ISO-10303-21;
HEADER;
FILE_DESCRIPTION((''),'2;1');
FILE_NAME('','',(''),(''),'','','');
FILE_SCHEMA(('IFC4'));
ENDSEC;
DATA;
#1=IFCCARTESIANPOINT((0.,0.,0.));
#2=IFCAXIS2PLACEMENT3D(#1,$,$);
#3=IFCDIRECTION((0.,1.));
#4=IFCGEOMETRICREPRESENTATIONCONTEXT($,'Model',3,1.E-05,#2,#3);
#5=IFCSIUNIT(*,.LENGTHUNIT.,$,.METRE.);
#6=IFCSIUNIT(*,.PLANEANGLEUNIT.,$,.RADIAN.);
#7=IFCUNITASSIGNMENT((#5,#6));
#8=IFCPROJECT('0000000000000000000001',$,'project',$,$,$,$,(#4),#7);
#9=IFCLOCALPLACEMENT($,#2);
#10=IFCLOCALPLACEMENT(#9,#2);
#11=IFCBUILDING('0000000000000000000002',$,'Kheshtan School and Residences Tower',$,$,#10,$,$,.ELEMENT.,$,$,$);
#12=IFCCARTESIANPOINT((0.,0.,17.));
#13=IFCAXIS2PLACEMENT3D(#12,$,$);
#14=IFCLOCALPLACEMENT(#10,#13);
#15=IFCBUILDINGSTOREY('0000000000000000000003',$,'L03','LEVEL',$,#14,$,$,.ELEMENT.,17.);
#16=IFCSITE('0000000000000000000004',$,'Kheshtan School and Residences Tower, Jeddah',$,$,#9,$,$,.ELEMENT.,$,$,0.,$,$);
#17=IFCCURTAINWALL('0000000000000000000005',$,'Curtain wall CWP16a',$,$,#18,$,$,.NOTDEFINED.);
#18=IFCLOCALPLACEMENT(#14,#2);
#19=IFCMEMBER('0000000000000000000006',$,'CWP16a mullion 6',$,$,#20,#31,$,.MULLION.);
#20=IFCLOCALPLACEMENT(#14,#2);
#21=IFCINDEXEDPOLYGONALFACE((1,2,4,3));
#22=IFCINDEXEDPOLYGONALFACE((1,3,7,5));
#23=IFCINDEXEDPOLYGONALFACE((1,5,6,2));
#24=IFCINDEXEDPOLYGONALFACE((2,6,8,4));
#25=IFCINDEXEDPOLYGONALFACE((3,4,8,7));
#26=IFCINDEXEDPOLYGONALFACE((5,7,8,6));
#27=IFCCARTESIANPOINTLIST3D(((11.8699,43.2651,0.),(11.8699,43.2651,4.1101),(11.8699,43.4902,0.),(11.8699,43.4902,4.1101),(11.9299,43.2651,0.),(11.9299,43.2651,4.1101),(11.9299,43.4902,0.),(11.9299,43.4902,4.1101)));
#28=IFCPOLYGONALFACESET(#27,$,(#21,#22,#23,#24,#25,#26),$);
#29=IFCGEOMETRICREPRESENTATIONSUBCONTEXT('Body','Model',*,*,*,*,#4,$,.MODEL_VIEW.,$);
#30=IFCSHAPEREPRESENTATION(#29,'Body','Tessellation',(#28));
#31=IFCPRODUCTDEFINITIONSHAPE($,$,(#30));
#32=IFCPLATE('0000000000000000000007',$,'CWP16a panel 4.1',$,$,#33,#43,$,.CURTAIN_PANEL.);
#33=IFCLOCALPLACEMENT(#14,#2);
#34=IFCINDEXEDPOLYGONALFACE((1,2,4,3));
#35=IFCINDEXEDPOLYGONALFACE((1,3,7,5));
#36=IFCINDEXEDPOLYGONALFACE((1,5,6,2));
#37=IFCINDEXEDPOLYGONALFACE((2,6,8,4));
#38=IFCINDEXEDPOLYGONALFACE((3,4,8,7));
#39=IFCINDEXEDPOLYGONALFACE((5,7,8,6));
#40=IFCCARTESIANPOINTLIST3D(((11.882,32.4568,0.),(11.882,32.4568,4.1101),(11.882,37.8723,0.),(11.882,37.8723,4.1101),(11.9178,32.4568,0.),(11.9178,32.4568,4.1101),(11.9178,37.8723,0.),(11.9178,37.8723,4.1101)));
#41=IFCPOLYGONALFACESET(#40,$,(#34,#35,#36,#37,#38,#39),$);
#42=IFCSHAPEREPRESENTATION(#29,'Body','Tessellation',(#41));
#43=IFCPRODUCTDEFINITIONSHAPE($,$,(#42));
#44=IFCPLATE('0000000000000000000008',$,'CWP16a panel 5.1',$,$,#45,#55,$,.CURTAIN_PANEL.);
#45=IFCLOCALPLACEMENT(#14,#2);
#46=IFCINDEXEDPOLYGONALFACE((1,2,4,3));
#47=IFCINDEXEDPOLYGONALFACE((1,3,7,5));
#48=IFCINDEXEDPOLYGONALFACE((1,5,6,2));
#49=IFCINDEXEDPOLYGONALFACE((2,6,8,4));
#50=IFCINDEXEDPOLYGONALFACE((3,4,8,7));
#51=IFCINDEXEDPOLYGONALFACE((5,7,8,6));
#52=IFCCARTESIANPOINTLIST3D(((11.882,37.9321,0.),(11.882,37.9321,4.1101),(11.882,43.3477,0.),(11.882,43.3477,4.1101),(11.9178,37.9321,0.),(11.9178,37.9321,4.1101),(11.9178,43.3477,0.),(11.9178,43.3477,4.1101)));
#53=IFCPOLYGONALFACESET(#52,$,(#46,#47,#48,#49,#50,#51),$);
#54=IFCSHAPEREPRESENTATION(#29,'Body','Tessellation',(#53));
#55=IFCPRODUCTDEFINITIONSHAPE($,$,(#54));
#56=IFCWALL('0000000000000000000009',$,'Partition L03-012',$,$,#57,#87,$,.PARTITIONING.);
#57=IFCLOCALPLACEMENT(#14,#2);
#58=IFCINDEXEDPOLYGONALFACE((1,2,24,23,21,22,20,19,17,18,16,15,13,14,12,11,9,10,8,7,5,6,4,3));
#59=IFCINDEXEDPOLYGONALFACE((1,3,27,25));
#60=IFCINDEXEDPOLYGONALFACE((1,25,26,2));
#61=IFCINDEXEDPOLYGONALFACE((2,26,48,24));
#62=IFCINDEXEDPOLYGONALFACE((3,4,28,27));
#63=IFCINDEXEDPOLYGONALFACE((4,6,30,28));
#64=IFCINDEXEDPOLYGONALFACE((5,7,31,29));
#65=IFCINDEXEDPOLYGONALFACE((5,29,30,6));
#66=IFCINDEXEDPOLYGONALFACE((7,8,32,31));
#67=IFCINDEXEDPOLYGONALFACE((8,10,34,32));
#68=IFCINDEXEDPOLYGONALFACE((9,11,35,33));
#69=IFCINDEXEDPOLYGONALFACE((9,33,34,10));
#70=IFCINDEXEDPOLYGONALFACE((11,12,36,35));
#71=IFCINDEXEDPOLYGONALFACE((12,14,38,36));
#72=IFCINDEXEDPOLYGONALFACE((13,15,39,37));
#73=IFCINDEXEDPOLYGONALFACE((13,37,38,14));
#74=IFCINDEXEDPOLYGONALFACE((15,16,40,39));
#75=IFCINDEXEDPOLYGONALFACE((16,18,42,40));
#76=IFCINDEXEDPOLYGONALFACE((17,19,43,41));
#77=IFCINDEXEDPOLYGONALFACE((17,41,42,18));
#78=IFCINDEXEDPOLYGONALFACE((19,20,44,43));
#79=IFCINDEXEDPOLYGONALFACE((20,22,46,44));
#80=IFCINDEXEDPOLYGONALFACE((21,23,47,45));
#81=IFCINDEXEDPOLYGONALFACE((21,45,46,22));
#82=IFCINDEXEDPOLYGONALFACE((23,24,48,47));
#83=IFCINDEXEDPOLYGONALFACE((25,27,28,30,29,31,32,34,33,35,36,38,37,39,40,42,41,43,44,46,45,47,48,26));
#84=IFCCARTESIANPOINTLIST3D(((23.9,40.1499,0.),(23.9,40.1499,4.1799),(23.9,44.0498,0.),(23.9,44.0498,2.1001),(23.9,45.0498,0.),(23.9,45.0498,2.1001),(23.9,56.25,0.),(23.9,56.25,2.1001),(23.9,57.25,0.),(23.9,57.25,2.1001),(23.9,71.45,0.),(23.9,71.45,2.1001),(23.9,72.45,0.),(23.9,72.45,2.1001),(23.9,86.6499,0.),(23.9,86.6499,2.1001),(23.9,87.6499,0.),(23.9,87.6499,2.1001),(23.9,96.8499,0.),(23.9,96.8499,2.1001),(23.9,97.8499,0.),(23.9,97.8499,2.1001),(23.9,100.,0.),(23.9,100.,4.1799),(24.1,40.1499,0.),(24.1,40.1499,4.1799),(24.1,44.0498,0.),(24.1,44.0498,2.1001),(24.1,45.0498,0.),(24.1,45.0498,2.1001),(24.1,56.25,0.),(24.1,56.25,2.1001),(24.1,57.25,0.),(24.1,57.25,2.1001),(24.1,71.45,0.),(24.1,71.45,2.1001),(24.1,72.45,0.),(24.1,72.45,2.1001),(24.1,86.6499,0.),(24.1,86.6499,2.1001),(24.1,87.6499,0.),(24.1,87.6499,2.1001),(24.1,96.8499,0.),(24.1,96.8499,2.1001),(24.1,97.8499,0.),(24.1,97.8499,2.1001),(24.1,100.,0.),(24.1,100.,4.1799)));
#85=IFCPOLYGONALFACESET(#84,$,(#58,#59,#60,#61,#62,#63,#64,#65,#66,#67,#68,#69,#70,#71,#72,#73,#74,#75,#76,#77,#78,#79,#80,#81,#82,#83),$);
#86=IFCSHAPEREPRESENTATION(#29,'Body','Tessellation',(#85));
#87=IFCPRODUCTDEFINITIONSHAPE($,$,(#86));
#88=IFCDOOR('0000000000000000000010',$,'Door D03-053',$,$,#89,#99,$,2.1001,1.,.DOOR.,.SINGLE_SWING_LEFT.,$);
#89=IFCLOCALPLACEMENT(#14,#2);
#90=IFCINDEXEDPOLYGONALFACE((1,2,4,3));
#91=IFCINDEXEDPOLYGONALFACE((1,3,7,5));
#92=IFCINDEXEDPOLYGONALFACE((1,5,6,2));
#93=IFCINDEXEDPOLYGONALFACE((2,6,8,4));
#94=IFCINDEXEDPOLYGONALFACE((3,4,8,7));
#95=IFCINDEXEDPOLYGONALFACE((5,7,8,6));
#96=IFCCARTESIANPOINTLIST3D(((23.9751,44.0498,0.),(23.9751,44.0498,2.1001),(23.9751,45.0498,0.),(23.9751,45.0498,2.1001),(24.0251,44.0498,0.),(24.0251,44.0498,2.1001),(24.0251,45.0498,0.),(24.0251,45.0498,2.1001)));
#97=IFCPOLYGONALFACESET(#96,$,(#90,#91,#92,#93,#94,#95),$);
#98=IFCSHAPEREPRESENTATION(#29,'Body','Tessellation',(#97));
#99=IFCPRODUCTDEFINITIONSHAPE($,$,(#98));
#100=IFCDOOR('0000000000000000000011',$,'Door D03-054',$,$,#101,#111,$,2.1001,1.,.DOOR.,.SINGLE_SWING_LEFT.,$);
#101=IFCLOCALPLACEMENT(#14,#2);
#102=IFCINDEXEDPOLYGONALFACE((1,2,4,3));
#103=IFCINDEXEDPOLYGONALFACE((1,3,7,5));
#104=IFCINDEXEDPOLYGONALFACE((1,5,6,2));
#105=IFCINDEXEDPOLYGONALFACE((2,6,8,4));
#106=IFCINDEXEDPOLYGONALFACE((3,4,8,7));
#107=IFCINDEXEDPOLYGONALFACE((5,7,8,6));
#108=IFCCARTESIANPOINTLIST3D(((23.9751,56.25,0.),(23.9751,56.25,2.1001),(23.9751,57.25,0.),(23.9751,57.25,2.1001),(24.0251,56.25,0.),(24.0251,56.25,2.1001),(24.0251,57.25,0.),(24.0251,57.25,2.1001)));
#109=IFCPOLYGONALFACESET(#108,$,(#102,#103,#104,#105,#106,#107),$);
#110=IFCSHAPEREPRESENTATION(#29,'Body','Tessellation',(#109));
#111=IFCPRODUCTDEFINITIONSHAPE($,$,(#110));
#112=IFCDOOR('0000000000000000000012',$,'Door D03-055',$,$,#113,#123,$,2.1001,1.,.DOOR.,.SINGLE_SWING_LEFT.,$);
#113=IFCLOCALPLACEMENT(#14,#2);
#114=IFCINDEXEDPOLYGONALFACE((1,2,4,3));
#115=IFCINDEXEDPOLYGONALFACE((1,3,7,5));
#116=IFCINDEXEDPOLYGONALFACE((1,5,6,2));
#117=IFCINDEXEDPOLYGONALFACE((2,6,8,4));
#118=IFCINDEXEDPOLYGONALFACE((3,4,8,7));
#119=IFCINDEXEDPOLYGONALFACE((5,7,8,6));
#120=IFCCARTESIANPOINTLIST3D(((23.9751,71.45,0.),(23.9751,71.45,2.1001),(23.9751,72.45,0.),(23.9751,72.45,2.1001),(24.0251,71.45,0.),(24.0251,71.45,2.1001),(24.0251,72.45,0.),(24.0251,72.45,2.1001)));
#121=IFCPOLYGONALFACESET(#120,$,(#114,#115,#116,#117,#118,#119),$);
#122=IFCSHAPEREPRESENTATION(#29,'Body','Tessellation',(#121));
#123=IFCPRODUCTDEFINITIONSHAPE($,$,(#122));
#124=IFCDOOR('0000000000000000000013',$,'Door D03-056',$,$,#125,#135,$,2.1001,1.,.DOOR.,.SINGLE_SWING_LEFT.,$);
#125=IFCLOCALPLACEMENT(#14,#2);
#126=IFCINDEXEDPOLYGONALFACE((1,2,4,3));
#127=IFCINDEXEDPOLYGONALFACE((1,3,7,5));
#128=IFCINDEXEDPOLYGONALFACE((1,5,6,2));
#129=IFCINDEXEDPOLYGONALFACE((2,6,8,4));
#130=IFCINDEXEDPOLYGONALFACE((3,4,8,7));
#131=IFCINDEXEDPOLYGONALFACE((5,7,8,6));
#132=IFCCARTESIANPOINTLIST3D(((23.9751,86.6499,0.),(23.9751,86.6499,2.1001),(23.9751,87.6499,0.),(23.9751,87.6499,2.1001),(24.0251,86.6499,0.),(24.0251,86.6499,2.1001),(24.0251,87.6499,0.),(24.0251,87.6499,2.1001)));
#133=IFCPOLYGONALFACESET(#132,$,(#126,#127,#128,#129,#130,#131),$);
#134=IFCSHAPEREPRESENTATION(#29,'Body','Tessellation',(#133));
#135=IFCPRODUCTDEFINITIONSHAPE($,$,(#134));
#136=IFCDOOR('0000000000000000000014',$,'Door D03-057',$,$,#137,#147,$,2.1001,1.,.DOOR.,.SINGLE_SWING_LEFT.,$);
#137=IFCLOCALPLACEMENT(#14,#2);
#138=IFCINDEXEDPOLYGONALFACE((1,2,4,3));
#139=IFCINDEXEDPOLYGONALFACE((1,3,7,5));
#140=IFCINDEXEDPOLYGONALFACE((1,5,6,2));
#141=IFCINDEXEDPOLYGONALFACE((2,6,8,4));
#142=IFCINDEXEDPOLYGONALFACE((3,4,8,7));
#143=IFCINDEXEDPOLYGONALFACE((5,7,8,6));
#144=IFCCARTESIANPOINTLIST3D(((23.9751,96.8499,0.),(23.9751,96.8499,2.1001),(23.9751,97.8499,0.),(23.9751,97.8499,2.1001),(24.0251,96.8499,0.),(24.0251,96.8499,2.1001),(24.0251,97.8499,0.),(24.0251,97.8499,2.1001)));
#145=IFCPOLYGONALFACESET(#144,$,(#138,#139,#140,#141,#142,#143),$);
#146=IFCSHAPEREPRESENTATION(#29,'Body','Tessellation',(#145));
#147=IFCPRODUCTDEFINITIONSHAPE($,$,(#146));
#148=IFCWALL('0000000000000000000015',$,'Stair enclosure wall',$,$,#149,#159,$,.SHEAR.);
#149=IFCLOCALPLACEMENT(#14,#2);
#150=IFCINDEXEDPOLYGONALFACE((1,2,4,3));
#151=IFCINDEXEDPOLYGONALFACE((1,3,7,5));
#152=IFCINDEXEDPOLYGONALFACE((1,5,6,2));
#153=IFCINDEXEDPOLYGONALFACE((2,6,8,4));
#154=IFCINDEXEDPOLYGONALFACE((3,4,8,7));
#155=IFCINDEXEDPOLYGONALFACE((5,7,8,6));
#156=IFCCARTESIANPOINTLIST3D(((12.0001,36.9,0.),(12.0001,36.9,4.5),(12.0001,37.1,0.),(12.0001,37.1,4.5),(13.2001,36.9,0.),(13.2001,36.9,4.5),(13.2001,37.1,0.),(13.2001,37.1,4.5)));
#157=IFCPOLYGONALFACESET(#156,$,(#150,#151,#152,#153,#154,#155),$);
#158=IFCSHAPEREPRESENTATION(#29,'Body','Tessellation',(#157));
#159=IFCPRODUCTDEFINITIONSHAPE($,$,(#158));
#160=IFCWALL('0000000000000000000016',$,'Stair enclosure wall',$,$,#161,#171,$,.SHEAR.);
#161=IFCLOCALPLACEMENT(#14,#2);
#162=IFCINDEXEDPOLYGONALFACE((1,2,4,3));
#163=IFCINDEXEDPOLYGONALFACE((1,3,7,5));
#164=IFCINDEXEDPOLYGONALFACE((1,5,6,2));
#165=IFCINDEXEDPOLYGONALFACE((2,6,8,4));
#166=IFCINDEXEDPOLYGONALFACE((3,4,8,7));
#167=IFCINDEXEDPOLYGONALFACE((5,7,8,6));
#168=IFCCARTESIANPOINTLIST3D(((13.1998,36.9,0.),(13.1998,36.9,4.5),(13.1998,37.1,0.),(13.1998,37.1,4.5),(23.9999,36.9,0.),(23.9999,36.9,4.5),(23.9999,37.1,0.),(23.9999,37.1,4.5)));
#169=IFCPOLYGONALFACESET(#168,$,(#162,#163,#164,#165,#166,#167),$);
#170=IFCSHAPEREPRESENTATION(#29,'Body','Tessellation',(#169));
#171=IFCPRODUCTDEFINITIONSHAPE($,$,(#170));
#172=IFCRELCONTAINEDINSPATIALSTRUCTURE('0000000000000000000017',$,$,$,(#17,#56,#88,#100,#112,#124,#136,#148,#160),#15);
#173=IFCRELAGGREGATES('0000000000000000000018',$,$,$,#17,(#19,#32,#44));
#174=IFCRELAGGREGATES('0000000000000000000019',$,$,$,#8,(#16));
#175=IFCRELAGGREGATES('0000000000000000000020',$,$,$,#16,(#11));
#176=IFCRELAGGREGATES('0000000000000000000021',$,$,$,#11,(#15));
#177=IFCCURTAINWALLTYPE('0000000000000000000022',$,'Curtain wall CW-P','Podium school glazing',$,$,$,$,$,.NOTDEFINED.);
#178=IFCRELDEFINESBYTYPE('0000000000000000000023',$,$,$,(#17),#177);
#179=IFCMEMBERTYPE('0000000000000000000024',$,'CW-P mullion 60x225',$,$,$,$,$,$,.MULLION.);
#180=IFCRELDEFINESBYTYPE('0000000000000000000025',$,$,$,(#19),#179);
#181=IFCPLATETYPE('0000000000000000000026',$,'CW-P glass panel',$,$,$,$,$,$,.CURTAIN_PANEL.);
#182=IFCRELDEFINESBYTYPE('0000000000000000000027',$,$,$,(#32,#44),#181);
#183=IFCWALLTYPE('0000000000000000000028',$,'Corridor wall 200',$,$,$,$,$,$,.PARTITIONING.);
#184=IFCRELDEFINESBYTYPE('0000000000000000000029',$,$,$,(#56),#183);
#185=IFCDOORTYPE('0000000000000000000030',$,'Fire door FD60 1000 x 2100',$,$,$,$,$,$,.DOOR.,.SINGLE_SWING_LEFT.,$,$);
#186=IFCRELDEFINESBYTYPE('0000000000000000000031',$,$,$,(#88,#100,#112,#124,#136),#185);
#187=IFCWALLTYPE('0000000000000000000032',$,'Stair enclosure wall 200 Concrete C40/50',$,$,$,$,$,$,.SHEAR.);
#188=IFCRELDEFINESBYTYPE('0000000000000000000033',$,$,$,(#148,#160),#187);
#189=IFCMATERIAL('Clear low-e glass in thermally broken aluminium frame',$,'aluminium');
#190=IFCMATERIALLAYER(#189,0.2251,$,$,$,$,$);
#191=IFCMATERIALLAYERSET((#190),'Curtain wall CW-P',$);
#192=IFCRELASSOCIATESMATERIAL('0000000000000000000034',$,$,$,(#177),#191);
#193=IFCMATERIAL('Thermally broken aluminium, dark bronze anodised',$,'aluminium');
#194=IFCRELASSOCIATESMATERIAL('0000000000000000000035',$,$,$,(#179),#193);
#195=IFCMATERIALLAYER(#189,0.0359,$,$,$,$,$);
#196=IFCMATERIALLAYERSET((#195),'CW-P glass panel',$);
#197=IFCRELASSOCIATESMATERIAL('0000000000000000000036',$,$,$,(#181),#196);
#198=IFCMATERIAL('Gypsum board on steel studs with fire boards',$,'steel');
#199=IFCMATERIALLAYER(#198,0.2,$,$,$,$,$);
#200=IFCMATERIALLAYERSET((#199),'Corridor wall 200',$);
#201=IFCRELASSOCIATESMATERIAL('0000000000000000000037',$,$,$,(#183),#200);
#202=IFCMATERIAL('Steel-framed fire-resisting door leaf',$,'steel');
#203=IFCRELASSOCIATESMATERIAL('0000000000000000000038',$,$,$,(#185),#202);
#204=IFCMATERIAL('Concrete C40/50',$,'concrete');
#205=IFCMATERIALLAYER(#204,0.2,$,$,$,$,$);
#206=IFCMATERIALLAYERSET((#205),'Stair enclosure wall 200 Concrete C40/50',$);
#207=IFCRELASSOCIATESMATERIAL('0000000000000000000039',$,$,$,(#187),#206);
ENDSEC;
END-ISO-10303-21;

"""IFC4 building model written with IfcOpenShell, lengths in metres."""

from ifc_helpers import new_model, si_unit, direction, frame, frame_2d, origin, origin_2d, place, context, subcontext, project, spatial, rectangle, extrude, source, transform, mapped, material, layer, layer_set, material_profile, profile_set, type_object, element, fill, aggregate, save


model = new_model("IFC4")

# Units and contexts
model_context = context("Model", 3, precision=1e-05, world=origin(), true_north=direction((0.0, 1.0)))
body_context = subcontext(model_context, "Body", "Model", "MODEL_VIEW")
ifc_project = project(units=[si_unit("LENGTHUNIT", "METRE"), si_unit("PLANEANGLEUNIT", "RADIAN")], contexts=[model_context])

# Site, building, storey
site_placement = place(None, origin())
site = spatial("IfcSite", under=ifc_project, at=site_placement, Name="Kheshtan School and Residences Tower, Jeddah", CompositionType="ELEMENT", RefElevation=0.0)
building_placement = place(site_placement, origin())
building = spatial("IfcBuilding", under=site, at=building_placement, Name="Kheshtan School and Residences Tower", CompositionType="ELEMENT")
storey_placement = place(building_placement, frame((0.0, 0.0, 17.0)))
storey = spatial("IfcBuildingStorey", under=building, at=storey_placement, Name="L03", Description="LEVEL", CompositionType="ELEMENT", Elevation=17.0)

# Curtain wall, member, plates
ifc_material_1 = material(Name="Clear low-e glass in thermally broken aluminium frame", Category="aluminium")
ifc_layer_1 = layer(ifc_material_1, 0.2251)
ifc_layer_set_1 = layer_set([ifc_layer_1], Name="Curtain wall CW-P")
curtain_wall_type = type_object("IfcCurtainWallType", Name="Curtain wall CW-P", Description="Podium school glazing", PredefinedType="NOTDEFINED", material=ifc_layer_set_1)
curtain_wall_placement = place(storey_placement, origin())
curtain_wall = element("IfcCurtainWall", 1, at=curtain_wall_placement, inside=storey, type_object=curtain_wall_type, Name="Curtain wall CWP16a", PredefinedType="NOTDEFINED")
ifc_material_2 = material(Name="Thermally broken aluminium, dark bronze anodised", Category="aluminium")
ifc_material_profile_1 = material_profile(ifc_material_2, rectangle(XDim=0.0601, YDim=0.2251, at=origin_2d()), Name="CW-P mullion 60x225")
ifc_profile_set_1 = profile_set([ifc_material_profile_1], Name="Thermally broken aluminium, dark bronze anodised")
member_type = type_object("IfcMemberType", Name="CW-P mullion 60x225", PredefinedType="MULLION", material=ifc_profile_set_1)
member_1_placement = place(storey_placement, frame((11.8999, 43.3777, 0.0), z_axis=(0.0, 0.0, 1.0), x_axis=(-1.0, 0.0, 0.0)))
member_1 = element("IfcMember", 2, at=member_1_placement, type_object=member_type, Name="CWP16a mullion 6", PredefinedType="MULLION", context=body_context, shape_type="SweptSolid", body=[
    extrude(rectangle(XDim=0.0601, YDim=0.2251, at=origin_2d()), origin(), (0.0, 0.0, 1.0), 4.1101),
])
ifc_layer_2 = layer(ifc_material_1, 0.0359)
ifc_layer_set_2 = layer_set([ifc_layer_2], Name="CW-P glass panel")
plate_type = type_object("IfcPlateType", Name="CW-P glass panel", PredefinedType="CURTAIN_PANEL", material=ifc_layer_set_2)
plate_1_placement = place(storey_placement, frame((11.8999, 35.1646, 0.0), z_axis=(0.0, 0.0, 1.0), x_axis=(0.0, 1.0, 0.0)))
plate_1 = element("IfcPlate", 3, at=plate_1_placement, type_object=plate_type, Name="CWP16a panel 4.1", PredefinedType="CURTAIN_PANEL", context=body_context, shape_type="SweptSolid", body=[
    extrude(rectangle(XDim=5.4155, YDim=0.0359, at=origin_2d()), origin(), (0.0, 0.0, 1.0), 4.1101),
])
plate_2_placement = place(storey_placement, frame((11.8999, 40.6399, 0.0), z_axis=(0.0, 0.0, 1.0), x_axis=(0.0, 1.0, 0.0)))
plate_2 = element("IfcPlate", 4, at=plate_2_placement, type_object=plate_type, Name="CWP16a panel 5.1", PredefinedType="CURTAIN_PANEL", context=body_context, shape_type="SweptSolid", body=[
    extrude(rectangle(XDim=5.4155, YDim=0.0359, at=origin_2d()), origin(), (0.0, 0.0, 1.0), 4.1101),
])
aggregate(curtain_wall, [member_1, plate_1, plate_2])

# Wall, openings, doors
ifc_material_3 = material(Name="Gypsum board on steel studs with fire boards", Category="steel")
ifc_layer_3 = layer(ifc_material_3, 0.2)
ifc_layer_set_3 = layer_set([ifc_layer_3], Name="Corridor wall 200")
wall_type_1 = type_object("IfcWallType", Name="Corridor wall 200", PredefinedType="PARTITIONING", material=ifc_layer_set_3)
wall_1_placement = place(storey_placement, frame((24.0, 40.1499, 0.0), z_axis=(0.0, 0.0, 1.0), x_axis=(0.0, 1.0, 0.0)))
wall_1 = element("IfcWall", 5, at=wall_1_placement, inside=storey, type_object=wall_type_1, Name="Partition L03-012", PredefinedType="PARTITIONING", context=body_context, shape_type="SweptSolid", body=[
    extrude(rectangle(XDim=59.8501, YDim=0.2, at=frame_2d((29.925, 0.0))), origin(), (0.0, 0.0, 1.0), 4.1799),
])
opening_1_placement = place(wall_1_placement, frame((3.8999, 0.0, 0.0)))
opening_1 = element("IfcOpeningElement", 6, at=opening_1_placement, cuts=wall_1, PredefinedType="OPENING", context=body_context, shape_type="SweptSolid", body=[
    extrude(rectangle(XDim=1.0, YDim=2.1001, at=frame_2d((0.5, 1.05))), frame((0.0, 0.1099, 0.0), z_axis=(0.0, -1.0, 0.0), x_axis=(1.0, 0.0, 0.0)), (0.0, 0.0, 1.0), 0.22),
])
opening_2_placement = place(wall_1_placement, frame((16.1001, 0.0, 0.0)))
opening_2 = element("IfcOpeningElement", 7, at=opening_2_placement, cuts=wall_1, PredefinedType="OPENING", context=body_context, shape_type="SweptSolid", body=[
    extrude(rectangle(XDim=1.0, YDim=2.1001, at=frame_2d((0.5, 1.05))), frame((0.0, 0.1099, 0.0), z_axis=(0.0, -1.0, 0.0), x_axis=(1.0, 0.0, 0.0)), (0.0, 0.0, 1.0), 0.22),
])
opening_3_placement = place(wall_1_placement, frame((31.3, 0.0, 0.0)))
opening_3 = element("IfcOpeningElement", 8, at=opening_3_placement, cuts=wall_1, PredefinedType="OPENING", context=body_context, shape_type="SweptSolid", body=[
    extrude(rectangle(XDim=1.0, YDim=2.1001, at=frame_2d((0.5, 1.05))), frame((0.0, 0.1099, 0.0), z_axis=(0.0, -1.0, 0.0), x_axis=(1.0, 0.0, 0.0)), (0.0, 0.0, 1.0), 0.22),
])
opening_4_placement = place(wall_1_placement, frame((46.5, 0.0, 0.0)))
opening_4 = element("IfcOpeningElement", 9, at=opening_4_placement, cuts=wall_1, PredefinedType="OPENING", context=body_context, shape_type="SweptSolid", body=[
    extrude(rectangle(XDim=1.0, YDim=2.1001, at=frame_2d((0.5, 1.05))), frame((0.0, 0.1099, 0.0), z_axis=(0.0, -1.0, 0.0), x_axis=(1.0, 0.0, 0.0)), (0.0, 0.0, 1.0), 0.22),
])
opening_5_placement = place(wall_1_placement, frame((56.7, 0.0, 0.0)))
opening_5 = element("IfcOpeningElement", 10, at=opening_5_placement, cuts=wall_1, PredefinedType="OPENING", context=body_context, shape_type="SweptSolid", body=[
    extrude(rectangle(XDim=1.0, YDim=2.1001, at=frame_2d((0.5, 1.05))), frame((0.0, 0.1099, 0.0), z_axis=(0.0, -1.0, 0.0), x_axis=(1.0, 0.0, 0.0)), (0.0, 0.0, 1.0), 0.22),
])
ifc_material_4 = material(Name="Steel-framed fire-resisting door leaf", Category="steel")
door_type_1 = type_object("IfcDoorType", Name="Fire door FD60 1000 x 2100", OperationType="SINGLE_SWING_LEFT", PredefinedType="DOOR", material=ifc_material_4)
shared_shape_1 = source(origin(), body_context, "Body", "SweptSolid", [
    extrude(rectangle(XDim=1.0, YDim=2.1001, at=frame_2d((0.5, 1.05))), frame((0.0, 0.0249, 0.0), z_axis=(0.0, -1.0, 0.0), x_axis=(1.0, 0.0, 0.0)), (0.0, 0.0, 1.0), 0.05),
])
door_1_placement = place(opening_1_placement, origin())
door_1 = element("IfcDoor", 11, at=door_1_placement, inside=storey, type_object=door_type_1, Name="Door D03-053", OperationType="SINGLE_SWING_LEFT", OverallHeight=2.1001, OverallWidth=1.0, PredefinedType="DOOR", context=body_context, shape_type="MappedRepresentation", body=[
    mapped(shared_shape_1, transform((0.0, 0.0, 0.0), x_axis=(1.0, 0.0, 0.0), y_axis=(0.0, 1.0, 0.0), z_axis=(0.0, 0.0, 1.0), scale=1.0)),
])
fill(opening_1, door_1)
door_2_placement = place(opening_2_placement, origin())
door_2 = element("IfcDoor", 12, at=door_2_placement, inside=storey, type_object=door_type_1, Name="Door D03-054", OperationType="SINGLE_SWING_LEFT", OverallHeight=2.1001, OverallWidth=1.0, PredefinedType="DOOR", context=body_context, shape_type="MappedRepresentation", body=[
    mapped(shared_shape_1, transform((0.0, 0.0, 0.0), x_axis=(1.0, 0.0, 0.0), y_axis=(0.0, 1.0, 0.0), z_axis=(0.0, 0.0, 1.0), scale=1.0)),
])
fill(opening_2, door_2)
door_3_placement = place(opening_3_placement, origin())
door_3 = element("IfcDoor", 13, at=door_3_placement, inside=storey, type_object=door_type_1, Name="Door D03-055", OperationType="SINGLE_SWING_LEFT", OverallHeight=2.1001, OverallWidth=1.0, PredefinedType="DOOR", context=body_context, shape_type="MappedRepresentation", body=[
    mapped(shared_shape_1, transform((0.0, 0.0, 0.0), x_axis=(1.0, 0.0, 0.0), y_axis=(0.0, 1.0, 0.0), z_axis=(0.0, 0.0, 1.0), scale=1.0)),
])
fill(opening_3, door_3)
door_4_placement = place(opening_4_placement, origin())
door_4 = element("IfcDoor", 14, at=door_4_placement, inside=storey, type_object=door_type_1, Name="Door D03-056", OperationType="SINGLE_SWING_LEFT", OverallHeight=2.1001, OverallWidth=1.0, PredefinedType="DOOR", context=body_context, shape_type="MappedRepresentation", body=[
    mapped(shared_shape_1, transform((0.0, 0.0, 0.0), x_axis=(1.0, 0.0, 0.0), y_axis=(0.0, 1.0, 0.0), z_axis=(0.0, 0.0, 1.0), scale=1.0)),
])
fill(opening_4, door_4)
door_5_placement = place(opening_5_placement, origin())
door_5 = element("IfcDoor", 15, at=door_5_placement, inside=storey, type_object=door_type_1, Name="Door D03-057", OperationType="SINGLE_SWING_LEFT", OverallHeight=2.1001, OverallWidth=1.0, PredefinedType="DOOR", context=body_context, shape_type="MappedRepresentation", body=[
    mapped(shared_shape_1, transform((0.0, 0.0, 0.0), x_axis=(1.0, 0.0, 0.0), y_axis=(0.0, 1.0, 0.0), z_axis=(0.0, 0.0, 1.0), scale=1.0)),
])
fill(opening_5, door_5)

# Walls
ifc_material_5 = material(Name="Concrete C40/50", Category="concrete")
ifc_layer_4 = layer(ifc_material_5, 0.2)
ifc_layer_set_4 = layer_set([ifc_layer_4], Name="Stair enclosure wall 200 Concrete C40/50")
wall_type_2 = type_object("IfcWallType", Name="Stair enclosure wall 200 Concrete C40/50", PredefinedType="SHEAR", material=ifc_layer_set_4)
wall_2_placement = place(storey_placement, frame((12.0, 37.0, 0.0), z_axis=(0.0, 0.0, 1.0), x_axis=(1.0, 0.0, 0.0)))
element("IfcWall", 16, at=wall_2_placement, inside=storey, type_object=wall_type_2, Name="Stair enclosure wall", PredefinedType="SHEAR", context=body_context, shape_type="SweptSolid", body=[
    extrude(rectangle(XDim=1.2, YDim=0.2, at=frame_2d((0.6001, 0.0))), origin(), (0.0, 0.0, 1.0), 4.5),
])
wall_3_placement = place(storey_placement, frame((13.2, 37.0, 0.0), z_axis=(0.0, 0.0, 1.0), x_axis=(1.0, 0.0, 0.0)))
element("IfcWall", 17, at=wall_3_placement, inside=storey, type_object=wall_type_2, Name="Stair enclosure wall", PredefinedType="SHEAR", context=body_context, shape_type="SweptSolid", body=[
    extrude(rectangle(XDim=10.8, YDim=0.2, at=frame_2d((5.3999, 0.0))), origin(), (0.0, 0.0, 1.0), 4.5),
])

save(model, "model.ifc")
